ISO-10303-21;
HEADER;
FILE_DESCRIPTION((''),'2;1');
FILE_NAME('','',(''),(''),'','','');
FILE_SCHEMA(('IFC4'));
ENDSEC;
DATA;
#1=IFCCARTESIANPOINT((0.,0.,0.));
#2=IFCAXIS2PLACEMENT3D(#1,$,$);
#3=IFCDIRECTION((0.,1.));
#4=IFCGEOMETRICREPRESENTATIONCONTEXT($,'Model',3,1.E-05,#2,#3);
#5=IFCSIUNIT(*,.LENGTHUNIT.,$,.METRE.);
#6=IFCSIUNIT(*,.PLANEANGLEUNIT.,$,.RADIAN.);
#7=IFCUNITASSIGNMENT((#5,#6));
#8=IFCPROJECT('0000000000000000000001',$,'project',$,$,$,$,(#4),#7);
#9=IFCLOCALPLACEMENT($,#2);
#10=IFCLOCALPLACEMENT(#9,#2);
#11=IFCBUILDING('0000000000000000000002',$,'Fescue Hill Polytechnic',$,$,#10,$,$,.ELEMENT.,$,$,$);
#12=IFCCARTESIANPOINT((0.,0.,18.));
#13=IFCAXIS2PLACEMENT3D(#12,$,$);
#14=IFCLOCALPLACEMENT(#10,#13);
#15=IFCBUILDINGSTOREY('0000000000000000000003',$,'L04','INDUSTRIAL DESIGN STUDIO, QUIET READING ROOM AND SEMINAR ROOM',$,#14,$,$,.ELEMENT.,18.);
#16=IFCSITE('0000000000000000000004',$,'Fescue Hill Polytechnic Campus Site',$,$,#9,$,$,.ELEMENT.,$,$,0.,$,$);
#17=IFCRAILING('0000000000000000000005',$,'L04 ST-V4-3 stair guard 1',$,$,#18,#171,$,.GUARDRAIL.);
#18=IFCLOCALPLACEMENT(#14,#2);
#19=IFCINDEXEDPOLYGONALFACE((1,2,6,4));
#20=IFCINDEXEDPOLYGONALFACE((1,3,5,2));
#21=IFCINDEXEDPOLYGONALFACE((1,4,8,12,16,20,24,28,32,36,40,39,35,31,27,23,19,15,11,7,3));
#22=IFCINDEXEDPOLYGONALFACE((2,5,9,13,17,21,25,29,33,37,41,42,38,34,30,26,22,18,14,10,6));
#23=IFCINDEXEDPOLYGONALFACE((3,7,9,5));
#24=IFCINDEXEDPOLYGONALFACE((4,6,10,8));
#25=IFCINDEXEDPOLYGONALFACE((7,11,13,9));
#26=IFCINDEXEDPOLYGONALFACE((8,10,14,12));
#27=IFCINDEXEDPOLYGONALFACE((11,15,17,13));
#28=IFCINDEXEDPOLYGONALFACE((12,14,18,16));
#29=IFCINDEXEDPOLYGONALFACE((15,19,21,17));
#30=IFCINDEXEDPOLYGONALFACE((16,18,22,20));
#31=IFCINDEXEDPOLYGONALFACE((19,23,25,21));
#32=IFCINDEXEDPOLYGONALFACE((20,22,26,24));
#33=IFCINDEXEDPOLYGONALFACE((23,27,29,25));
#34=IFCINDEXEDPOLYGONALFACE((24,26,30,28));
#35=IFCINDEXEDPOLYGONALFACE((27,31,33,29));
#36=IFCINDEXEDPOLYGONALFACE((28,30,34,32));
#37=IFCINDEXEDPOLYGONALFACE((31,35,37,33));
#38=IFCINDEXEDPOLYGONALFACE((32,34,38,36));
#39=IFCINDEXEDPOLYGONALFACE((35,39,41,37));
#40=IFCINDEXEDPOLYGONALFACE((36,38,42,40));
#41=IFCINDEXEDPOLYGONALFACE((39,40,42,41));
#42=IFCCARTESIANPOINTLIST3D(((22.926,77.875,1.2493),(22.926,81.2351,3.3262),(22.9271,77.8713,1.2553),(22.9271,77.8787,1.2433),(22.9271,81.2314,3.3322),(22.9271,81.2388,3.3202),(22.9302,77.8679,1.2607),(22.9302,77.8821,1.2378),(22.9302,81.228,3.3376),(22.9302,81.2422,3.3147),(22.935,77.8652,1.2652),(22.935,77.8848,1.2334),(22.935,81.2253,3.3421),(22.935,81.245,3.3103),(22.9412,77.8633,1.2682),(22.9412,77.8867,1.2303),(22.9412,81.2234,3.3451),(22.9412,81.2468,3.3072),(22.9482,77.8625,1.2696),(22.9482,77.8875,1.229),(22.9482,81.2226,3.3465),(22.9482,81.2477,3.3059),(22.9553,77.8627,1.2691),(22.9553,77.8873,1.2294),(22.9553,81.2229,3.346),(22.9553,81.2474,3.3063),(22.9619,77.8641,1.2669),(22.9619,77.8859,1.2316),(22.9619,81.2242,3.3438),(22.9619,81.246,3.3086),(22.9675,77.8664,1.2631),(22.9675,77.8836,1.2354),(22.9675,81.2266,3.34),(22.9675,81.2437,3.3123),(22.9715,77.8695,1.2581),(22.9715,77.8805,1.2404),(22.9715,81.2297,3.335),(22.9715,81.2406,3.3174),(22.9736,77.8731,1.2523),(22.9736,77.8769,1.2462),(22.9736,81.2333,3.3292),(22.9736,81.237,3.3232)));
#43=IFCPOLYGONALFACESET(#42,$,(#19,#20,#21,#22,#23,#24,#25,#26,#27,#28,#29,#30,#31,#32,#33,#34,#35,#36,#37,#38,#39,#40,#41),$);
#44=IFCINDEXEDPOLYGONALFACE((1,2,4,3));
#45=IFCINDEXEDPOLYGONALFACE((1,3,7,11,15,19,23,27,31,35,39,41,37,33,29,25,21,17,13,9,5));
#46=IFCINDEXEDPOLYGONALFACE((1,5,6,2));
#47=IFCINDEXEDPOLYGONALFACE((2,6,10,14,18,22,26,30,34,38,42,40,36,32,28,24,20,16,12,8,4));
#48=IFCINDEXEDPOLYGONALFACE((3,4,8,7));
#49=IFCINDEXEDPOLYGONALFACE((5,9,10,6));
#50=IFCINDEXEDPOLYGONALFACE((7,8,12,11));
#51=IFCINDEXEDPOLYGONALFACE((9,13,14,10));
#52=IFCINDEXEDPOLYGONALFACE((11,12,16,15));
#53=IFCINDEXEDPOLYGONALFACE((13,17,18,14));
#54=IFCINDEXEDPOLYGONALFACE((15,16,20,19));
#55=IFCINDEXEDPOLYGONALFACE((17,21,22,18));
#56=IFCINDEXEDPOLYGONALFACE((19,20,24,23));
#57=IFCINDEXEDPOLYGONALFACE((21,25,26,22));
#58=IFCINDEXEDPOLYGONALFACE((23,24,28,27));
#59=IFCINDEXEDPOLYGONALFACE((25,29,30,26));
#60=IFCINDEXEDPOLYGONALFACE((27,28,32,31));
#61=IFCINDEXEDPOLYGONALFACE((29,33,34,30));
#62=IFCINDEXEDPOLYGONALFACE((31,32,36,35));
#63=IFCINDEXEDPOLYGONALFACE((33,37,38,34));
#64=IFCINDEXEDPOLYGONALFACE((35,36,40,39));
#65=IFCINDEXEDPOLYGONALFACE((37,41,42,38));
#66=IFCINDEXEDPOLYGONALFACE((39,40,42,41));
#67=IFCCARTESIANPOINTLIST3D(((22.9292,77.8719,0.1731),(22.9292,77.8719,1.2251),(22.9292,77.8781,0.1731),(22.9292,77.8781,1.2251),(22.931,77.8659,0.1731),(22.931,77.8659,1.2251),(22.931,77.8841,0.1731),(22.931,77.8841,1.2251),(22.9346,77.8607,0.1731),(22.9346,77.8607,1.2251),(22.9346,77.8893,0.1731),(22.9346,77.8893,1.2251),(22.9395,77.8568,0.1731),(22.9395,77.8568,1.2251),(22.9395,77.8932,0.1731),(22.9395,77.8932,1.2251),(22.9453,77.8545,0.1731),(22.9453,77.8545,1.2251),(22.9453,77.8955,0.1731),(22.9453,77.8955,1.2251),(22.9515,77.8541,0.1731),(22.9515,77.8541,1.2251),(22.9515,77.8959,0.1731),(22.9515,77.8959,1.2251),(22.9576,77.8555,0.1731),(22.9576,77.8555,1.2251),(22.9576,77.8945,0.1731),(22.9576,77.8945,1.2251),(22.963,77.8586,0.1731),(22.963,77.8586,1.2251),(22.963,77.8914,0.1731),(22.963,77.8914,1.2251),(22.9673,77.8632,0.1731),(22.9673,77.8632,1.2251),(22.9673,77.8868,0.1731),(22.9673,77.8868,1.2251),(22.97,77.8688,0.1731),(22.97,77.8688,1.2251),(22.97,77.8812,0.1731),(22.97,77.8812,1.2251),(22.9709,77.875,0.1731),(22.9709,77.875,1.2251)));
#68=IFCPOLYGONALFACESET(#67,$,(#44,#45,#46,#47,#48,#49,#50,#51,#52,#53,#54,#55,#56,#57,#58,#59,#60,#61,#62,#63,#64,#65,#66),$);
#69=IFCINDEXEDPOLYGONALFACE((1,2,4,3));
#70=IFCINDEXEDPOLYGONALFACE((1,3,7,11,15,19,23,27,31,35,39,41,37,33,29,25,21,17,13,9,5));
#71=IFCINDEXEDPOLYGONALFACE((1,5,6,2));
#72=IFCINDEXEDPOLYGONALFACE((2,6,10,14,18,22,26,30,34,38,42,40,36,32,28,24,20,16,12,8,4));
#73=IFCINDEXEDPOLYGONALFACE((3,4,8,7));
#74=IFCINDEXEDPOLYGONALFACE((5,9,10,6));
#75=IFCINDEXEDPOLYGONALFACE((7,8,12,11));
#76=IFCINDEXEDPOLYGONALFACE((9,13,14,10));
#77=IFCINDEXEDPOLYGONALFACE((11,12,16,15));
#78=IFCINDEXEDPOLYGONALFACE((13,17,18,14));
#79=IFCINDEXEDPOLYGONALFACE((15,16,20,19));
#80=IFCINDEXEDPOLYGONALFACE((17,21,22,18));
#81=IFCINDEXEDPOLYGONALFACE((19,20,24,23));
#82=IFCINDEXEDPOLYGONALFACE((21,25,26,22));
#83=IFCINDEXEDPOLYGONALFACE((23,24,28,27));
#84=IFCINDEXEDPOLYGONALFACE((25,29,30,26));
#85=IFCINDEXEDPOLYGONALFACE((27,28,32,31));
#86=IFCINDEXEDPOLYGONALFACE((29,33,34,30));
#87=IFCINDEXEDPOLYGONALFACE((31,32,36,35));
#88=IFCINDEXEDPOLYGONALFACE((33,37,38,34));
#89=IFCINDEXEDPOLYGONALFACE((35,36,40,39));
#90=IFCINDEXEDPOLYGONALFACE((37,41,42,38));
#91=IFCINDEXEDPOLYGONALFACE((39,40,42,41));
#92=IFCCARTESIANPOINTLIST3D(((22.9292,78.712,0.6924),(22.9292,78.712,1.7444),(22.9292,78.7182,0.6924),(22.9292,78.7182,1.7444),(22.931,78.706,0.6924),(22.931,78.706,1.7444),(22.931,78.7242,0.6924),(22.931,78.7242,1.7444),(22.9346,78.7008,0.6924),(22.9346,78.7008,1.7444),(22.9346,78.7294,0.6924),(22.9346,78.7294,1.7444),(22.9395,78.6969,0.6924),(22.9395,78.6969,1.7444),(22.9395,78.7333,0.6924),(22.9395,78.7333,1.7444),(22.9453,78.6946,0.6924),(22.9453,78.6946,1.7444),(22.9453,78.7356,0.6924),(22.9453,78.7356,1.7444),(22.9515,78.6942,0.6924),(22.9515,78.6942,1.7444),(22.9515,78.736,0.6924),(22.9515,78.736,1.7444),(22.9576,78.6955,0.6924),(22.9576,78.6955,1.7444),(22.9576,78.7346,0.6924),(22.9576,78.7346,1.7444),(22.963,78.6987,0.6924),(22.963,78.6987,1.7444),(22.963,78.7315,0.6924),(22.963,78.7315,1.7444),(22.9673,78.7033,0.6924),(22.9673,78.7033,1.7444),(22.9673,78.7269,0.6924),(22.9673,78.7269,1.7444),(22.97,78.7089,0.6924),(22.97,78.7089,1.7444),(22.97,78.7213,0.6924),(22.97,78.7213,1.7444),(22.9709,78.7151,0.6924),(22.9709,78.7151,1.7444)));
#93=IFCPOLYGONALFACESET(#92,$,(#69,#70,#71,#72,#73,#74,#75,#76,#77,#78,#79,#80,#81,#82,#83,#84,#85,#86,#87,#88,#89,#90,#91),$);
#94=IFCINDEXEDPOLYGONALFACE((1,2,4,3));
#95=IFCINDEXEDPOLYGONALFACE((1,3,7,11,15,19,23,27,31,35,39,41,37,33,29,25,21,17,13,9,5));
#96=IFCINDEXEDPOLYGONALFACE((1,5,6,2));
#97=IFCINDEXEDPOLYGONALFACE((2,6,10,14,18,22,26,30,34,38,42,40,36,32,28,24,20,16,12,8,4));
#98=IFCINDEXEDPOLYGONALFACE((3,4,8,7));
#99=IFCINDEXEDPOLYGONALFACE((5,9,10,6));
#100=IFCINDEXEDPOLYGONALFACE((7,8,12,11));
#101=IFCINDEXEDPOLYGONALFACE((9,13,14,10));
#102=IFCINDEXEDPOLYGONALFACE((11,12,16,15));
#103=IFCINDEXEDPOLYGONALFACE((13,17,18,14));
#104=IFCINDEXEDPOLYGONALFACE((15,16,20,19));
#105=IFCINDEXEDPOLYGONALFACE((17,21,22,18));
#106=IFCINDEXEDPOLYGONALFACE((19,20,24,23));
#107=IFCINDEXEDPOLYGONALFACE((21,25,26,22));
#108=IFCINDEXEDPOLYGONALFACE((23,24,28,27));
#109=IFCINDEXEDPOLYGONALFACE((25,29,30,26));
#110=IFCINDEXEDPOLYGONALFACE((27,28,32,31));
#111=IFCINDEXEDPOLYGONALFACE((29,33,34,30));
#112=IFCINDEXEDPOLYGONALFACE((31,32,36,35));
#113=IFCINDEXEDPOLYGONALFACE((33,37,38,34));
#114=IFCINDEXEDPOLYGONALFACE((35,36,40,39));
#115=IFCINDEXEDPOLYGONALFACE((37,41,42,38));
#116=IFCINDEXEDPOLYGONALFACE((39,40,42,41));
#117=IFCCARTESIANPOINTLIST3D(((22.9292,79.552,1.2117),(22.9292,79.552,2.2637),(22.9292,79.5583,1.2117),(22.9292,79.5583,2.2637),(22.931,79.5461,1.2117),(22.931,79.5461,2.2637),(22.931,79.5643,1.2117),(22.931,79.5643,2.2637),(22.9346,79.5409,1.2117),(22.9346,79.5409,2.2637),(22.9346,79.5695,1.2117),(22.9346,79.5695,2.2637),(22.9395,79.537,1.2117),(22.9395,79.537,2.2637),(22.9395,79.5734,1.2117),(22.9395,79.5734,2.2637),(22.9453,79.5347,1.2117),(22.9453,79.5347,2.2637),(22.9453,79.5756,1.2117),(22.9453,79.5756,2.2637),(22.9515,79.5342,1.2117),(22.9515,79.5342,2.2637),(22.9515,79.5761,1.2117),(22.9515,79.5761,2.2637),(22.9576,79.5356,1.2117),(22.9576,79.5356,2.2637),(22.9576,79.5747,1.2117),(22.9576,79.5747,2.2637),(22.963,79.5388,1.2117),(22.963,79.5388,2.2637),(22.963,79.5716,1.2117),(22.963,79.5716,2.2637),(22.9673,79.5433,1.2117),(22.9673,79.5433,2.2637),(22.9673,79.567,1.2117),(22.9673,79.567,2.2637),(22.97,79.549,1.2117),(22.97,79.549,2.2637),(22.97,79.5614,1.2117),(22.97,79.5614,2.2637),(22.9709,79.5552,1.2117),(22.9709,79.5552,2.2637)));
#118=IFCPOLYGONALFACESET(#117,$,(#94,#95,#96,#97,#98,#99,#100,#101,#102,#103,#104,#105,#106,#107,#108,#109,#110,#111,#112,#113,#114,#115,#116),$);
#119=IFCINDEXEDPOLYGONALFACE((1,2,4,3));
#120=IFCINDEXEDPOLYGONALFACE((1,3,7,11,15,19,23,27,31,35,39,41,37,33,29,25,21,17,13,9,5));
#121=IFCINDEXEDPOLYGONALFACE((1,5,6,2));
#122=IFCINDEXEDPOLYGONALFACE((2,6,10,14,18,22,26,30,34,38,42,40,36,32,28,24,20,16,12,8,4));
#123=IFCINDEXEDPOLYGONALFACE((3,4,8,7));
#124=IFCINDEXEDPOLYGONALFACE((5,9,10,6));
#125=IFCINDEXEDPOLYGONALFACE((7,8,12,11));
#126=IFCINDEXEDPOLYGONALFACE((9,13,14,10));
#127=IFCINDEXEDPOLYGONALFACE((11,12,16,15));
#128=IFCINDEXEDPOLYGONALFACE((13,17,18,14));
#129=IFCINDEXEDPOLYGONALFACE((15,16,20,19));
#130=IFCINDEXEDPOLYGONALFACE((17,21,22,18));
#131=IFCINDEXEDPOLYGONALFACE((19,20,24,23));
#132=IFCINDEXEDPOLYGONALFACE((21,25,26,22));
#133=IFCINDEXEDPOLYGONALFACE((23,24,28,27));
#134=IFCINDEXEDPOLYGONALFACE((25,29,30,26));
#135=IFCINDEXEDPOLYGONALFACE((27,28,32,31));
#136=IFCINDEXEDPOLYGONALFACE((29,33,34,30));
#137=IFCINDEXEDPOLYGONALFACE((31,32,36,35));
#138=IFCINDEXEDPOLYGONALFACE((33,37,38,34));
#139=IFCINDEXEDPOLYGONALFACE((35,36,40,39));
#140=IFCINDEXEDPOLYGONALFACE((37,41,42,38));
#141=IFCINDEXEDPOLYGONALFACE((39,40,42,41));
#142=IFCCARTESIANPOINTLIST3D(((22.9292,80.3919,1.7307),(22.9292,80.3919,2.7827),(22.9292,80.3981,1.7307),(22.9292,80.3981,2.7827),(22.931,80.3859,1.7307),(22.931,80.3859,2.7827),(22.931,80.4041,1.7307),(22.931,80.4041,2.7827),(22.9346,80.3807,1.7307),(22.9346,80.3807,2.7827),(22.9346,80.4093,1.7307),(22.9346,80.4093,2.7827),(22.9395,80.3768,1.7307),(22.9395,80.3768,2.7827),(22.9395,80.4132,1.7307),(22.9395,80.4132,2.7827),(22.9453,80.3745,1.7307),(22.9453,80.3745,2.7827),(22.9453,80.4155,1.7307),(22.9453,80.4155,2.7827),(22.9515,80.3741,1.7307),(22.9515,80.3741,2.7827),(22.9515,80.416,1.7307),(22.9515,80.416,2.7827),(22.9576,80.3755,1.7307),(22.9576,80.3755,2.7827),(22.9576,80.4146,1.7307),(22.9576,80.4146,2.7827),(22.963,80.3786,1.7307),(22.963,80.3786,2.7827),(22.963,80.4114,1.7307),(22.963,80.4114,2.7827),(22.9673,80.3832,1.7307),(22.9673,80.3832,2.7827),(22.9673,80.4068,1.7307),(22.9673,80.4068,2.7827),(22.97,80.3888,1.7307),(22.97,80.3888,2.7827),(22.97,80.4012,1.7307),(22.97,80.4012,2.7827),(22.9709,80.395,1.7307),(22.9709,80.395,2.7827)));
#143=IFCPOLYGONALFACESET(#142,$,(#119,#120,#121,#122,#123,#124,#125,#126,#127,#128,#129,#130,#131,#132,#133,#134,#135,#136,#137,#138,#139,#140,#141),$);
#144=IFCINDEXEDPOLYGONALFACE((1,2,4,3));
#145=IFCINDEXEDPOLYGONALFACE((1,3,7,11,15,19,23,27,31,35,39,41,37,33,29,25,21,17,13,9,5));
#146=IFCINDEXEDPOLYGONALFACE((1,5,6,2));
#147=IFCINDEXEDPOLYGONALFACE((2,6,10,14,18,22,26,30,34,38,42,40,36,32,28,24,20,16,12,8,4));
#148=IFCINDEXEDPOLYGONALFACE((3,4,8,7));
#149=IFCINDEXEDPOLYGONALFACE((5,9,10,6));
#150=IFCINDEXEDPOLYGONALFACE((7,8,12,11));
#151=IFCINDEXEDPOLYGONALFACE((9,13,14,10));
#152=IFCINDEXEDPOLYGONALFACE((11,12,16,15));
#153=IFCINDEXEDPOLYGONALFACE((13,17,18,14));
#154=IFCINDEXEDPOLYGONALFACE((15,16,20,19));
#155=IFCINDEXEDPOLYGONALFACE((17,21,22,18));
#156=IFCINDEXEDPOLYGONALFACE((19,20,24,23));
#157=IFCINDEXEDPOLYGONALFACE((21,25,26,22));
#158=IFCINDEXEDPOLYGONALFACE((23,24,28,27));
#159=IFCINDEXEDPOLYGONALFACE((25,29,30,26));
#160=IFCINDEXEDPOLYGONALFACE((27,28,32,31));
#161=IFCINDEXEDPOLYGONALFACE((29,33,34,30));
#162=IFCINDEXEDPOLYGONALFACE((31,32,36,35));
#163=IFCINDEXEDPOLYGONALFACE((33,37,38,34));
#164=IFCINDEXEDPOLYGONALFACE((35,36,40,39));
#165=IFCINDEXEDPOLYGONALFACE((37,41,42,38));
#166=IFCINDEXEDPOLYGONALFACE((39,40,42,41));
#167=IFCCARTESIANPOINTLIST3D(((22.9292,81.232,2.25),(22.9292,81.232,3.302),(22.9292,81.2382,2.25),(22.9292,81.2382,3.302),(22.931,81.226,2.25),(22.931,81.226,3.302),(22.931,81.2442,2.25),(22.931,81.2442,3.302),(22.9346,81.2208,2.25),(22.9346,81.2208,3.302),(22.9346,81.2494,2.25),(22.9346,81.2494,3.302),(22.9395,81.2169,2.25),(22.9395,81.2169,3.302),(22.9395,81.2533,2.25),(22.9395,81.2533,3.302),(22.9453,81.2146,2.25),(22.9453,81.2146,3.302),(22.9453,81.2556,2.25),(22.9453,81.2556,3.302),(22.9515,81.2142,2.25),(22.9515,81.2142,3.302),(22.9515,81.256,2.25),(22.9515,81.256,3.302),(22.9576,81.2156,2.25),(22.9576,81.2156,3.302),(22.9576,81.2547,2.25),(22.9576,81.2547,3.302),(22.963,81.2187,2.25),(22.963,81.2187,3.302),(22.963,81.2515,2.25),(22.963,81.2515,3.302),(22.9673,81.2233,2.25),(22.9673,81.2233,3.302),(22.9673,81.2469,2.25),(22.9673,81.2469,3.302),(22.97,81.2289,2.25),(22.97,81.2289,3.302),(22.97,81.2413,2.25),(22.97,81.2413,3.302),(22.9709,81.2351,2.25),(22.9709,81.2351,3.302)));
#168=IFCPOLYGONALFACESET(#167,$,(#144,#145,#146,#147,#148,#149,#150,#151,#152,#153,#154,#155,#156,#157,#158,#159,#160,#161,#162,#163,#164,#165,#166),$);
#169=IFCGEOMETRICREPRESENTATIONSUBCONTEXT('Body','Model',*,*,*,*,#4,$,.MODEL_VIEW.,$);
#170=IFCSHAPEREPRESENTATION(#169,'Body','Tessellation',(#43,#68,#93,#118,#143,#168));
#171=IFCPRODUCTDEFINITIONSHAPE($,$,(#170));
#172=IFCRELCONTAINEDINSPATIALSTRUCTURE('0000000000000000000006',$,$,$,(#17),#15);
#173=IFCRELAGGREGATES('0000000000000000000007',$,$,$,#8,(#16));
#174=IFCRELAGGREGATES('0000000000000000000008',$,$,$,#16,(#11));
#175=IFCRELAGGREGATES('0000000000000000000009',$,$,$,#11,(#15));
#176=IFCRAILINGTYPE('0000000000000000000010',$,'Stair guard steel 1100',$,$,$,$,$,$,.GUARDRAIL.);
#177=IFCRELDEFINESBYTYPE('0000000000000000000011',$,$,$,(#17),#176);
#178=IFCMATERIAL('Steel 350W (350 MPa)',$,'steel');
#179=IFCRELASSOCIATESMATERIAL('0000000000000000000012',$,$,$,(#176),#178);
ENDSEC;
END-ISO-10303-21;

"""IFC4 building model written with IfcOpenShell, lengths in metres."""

from ifc_helpers import new_model, si_unit, direction, frame, origin, origin_2d, place, context, subcontext, project, spatial, circle, extrude, material, type_object, element, save


model = new_model("IFC4")

# Units and contexts
model_context = context("Model", 3, precision=1e-05, world=origin(), true_north=direction((0.0, 1.0)))
body_context = subcontext(model_context, "Body", "Model", "MODEL_VIEW")
ifc_project = project(units=[si_unit("LENGTHUNIT", "METRE"), si_unit("PLANEANGLEUNIT", "RADIAN")], contexts=[model_context])

# Site, building, storey
site_placement = place(None, origin())
site = spatial("IfcSite", under=ifc_project, at=site_placement, Name="Fescue Hill Polytechnic Campus Site", CompositionType="ELEMENT", RefElevation=0.0)
building_placement = place(site_placement, origin())
building = spatial("IfcBuilding", under=site, at=building_placement, Name="Fescue Hill Polytechnic", CompositionType="ELEMENT")
storey_placement = place(building_placement, frame((0.0, 0.0, 18.0)))
storey = spatial("IfcBuildingStorey", under=building, at=storey_placement, Name="L04", Description="INDUSTRIAL DESIGN STUDIO, QUIET READING ROOM AND SEMINAR ROOM", CompositionType="ELEMENT", Elevation=18.0)

# Railing
ifc_material_1 = material(Name="Steel 350W (350 MPa)", Category="steel")
railing_type_1 = type_object("IfcRailingType", Name="Stair guard steel 1100", PredefinedType="GUARDRAIL", material=ifc_material_1)
railing_1_placement = place(storey_placement, frame((22.95, 77.875, 0.1731)))
element("IfcRailing", 1, at=railing_1_placement, inside=storey, type_object=railing_type_1, Name="L04 ST-V4-3 stair guard 1", PredefinedType="GUARDRAIL", context=body_context, shape_type="SweptSolid", body=[
    extrude(circle(Radius=0.0239, at=origin_2d()), frame((0.0, 0.0, 1.0762), z_axis=(0.0, 0.850623, 0.525776), x_axis=(-1.0, 0.0, 0.0)), (0.0, 0.0, 1.0), 3.9502),
    extrude(circle(Radius=0.021, at=origin_2d()), origin(), (0.0, 0.0, 1.0), 1.052),
    extrude(circle(Radius=0.021, at=origin_2d()), frame((0.0, 0.8401, 0.5193)), (0.0, 0.0, 1.0), 1.052),
    extrude(circle(Radius=0.021, at=origin_2d()), frame((0.0, 1.6802, 1.0386)), (0.0, 0.0, 1.0), 1.052),
    extrude(circle(Radius=0.021, at=origin_2d()), frame((0.0, 2.52, 1.5576)), (0.0, 0.0, 1.0), 1.052),
    extrude(circle(Radius=0.021, at=origin_2d()), frame((0.0, 3.3601, 2.0769)), (0.0, 0.0, 1.0), 1.052),
])

save(model, "model.ifc")
